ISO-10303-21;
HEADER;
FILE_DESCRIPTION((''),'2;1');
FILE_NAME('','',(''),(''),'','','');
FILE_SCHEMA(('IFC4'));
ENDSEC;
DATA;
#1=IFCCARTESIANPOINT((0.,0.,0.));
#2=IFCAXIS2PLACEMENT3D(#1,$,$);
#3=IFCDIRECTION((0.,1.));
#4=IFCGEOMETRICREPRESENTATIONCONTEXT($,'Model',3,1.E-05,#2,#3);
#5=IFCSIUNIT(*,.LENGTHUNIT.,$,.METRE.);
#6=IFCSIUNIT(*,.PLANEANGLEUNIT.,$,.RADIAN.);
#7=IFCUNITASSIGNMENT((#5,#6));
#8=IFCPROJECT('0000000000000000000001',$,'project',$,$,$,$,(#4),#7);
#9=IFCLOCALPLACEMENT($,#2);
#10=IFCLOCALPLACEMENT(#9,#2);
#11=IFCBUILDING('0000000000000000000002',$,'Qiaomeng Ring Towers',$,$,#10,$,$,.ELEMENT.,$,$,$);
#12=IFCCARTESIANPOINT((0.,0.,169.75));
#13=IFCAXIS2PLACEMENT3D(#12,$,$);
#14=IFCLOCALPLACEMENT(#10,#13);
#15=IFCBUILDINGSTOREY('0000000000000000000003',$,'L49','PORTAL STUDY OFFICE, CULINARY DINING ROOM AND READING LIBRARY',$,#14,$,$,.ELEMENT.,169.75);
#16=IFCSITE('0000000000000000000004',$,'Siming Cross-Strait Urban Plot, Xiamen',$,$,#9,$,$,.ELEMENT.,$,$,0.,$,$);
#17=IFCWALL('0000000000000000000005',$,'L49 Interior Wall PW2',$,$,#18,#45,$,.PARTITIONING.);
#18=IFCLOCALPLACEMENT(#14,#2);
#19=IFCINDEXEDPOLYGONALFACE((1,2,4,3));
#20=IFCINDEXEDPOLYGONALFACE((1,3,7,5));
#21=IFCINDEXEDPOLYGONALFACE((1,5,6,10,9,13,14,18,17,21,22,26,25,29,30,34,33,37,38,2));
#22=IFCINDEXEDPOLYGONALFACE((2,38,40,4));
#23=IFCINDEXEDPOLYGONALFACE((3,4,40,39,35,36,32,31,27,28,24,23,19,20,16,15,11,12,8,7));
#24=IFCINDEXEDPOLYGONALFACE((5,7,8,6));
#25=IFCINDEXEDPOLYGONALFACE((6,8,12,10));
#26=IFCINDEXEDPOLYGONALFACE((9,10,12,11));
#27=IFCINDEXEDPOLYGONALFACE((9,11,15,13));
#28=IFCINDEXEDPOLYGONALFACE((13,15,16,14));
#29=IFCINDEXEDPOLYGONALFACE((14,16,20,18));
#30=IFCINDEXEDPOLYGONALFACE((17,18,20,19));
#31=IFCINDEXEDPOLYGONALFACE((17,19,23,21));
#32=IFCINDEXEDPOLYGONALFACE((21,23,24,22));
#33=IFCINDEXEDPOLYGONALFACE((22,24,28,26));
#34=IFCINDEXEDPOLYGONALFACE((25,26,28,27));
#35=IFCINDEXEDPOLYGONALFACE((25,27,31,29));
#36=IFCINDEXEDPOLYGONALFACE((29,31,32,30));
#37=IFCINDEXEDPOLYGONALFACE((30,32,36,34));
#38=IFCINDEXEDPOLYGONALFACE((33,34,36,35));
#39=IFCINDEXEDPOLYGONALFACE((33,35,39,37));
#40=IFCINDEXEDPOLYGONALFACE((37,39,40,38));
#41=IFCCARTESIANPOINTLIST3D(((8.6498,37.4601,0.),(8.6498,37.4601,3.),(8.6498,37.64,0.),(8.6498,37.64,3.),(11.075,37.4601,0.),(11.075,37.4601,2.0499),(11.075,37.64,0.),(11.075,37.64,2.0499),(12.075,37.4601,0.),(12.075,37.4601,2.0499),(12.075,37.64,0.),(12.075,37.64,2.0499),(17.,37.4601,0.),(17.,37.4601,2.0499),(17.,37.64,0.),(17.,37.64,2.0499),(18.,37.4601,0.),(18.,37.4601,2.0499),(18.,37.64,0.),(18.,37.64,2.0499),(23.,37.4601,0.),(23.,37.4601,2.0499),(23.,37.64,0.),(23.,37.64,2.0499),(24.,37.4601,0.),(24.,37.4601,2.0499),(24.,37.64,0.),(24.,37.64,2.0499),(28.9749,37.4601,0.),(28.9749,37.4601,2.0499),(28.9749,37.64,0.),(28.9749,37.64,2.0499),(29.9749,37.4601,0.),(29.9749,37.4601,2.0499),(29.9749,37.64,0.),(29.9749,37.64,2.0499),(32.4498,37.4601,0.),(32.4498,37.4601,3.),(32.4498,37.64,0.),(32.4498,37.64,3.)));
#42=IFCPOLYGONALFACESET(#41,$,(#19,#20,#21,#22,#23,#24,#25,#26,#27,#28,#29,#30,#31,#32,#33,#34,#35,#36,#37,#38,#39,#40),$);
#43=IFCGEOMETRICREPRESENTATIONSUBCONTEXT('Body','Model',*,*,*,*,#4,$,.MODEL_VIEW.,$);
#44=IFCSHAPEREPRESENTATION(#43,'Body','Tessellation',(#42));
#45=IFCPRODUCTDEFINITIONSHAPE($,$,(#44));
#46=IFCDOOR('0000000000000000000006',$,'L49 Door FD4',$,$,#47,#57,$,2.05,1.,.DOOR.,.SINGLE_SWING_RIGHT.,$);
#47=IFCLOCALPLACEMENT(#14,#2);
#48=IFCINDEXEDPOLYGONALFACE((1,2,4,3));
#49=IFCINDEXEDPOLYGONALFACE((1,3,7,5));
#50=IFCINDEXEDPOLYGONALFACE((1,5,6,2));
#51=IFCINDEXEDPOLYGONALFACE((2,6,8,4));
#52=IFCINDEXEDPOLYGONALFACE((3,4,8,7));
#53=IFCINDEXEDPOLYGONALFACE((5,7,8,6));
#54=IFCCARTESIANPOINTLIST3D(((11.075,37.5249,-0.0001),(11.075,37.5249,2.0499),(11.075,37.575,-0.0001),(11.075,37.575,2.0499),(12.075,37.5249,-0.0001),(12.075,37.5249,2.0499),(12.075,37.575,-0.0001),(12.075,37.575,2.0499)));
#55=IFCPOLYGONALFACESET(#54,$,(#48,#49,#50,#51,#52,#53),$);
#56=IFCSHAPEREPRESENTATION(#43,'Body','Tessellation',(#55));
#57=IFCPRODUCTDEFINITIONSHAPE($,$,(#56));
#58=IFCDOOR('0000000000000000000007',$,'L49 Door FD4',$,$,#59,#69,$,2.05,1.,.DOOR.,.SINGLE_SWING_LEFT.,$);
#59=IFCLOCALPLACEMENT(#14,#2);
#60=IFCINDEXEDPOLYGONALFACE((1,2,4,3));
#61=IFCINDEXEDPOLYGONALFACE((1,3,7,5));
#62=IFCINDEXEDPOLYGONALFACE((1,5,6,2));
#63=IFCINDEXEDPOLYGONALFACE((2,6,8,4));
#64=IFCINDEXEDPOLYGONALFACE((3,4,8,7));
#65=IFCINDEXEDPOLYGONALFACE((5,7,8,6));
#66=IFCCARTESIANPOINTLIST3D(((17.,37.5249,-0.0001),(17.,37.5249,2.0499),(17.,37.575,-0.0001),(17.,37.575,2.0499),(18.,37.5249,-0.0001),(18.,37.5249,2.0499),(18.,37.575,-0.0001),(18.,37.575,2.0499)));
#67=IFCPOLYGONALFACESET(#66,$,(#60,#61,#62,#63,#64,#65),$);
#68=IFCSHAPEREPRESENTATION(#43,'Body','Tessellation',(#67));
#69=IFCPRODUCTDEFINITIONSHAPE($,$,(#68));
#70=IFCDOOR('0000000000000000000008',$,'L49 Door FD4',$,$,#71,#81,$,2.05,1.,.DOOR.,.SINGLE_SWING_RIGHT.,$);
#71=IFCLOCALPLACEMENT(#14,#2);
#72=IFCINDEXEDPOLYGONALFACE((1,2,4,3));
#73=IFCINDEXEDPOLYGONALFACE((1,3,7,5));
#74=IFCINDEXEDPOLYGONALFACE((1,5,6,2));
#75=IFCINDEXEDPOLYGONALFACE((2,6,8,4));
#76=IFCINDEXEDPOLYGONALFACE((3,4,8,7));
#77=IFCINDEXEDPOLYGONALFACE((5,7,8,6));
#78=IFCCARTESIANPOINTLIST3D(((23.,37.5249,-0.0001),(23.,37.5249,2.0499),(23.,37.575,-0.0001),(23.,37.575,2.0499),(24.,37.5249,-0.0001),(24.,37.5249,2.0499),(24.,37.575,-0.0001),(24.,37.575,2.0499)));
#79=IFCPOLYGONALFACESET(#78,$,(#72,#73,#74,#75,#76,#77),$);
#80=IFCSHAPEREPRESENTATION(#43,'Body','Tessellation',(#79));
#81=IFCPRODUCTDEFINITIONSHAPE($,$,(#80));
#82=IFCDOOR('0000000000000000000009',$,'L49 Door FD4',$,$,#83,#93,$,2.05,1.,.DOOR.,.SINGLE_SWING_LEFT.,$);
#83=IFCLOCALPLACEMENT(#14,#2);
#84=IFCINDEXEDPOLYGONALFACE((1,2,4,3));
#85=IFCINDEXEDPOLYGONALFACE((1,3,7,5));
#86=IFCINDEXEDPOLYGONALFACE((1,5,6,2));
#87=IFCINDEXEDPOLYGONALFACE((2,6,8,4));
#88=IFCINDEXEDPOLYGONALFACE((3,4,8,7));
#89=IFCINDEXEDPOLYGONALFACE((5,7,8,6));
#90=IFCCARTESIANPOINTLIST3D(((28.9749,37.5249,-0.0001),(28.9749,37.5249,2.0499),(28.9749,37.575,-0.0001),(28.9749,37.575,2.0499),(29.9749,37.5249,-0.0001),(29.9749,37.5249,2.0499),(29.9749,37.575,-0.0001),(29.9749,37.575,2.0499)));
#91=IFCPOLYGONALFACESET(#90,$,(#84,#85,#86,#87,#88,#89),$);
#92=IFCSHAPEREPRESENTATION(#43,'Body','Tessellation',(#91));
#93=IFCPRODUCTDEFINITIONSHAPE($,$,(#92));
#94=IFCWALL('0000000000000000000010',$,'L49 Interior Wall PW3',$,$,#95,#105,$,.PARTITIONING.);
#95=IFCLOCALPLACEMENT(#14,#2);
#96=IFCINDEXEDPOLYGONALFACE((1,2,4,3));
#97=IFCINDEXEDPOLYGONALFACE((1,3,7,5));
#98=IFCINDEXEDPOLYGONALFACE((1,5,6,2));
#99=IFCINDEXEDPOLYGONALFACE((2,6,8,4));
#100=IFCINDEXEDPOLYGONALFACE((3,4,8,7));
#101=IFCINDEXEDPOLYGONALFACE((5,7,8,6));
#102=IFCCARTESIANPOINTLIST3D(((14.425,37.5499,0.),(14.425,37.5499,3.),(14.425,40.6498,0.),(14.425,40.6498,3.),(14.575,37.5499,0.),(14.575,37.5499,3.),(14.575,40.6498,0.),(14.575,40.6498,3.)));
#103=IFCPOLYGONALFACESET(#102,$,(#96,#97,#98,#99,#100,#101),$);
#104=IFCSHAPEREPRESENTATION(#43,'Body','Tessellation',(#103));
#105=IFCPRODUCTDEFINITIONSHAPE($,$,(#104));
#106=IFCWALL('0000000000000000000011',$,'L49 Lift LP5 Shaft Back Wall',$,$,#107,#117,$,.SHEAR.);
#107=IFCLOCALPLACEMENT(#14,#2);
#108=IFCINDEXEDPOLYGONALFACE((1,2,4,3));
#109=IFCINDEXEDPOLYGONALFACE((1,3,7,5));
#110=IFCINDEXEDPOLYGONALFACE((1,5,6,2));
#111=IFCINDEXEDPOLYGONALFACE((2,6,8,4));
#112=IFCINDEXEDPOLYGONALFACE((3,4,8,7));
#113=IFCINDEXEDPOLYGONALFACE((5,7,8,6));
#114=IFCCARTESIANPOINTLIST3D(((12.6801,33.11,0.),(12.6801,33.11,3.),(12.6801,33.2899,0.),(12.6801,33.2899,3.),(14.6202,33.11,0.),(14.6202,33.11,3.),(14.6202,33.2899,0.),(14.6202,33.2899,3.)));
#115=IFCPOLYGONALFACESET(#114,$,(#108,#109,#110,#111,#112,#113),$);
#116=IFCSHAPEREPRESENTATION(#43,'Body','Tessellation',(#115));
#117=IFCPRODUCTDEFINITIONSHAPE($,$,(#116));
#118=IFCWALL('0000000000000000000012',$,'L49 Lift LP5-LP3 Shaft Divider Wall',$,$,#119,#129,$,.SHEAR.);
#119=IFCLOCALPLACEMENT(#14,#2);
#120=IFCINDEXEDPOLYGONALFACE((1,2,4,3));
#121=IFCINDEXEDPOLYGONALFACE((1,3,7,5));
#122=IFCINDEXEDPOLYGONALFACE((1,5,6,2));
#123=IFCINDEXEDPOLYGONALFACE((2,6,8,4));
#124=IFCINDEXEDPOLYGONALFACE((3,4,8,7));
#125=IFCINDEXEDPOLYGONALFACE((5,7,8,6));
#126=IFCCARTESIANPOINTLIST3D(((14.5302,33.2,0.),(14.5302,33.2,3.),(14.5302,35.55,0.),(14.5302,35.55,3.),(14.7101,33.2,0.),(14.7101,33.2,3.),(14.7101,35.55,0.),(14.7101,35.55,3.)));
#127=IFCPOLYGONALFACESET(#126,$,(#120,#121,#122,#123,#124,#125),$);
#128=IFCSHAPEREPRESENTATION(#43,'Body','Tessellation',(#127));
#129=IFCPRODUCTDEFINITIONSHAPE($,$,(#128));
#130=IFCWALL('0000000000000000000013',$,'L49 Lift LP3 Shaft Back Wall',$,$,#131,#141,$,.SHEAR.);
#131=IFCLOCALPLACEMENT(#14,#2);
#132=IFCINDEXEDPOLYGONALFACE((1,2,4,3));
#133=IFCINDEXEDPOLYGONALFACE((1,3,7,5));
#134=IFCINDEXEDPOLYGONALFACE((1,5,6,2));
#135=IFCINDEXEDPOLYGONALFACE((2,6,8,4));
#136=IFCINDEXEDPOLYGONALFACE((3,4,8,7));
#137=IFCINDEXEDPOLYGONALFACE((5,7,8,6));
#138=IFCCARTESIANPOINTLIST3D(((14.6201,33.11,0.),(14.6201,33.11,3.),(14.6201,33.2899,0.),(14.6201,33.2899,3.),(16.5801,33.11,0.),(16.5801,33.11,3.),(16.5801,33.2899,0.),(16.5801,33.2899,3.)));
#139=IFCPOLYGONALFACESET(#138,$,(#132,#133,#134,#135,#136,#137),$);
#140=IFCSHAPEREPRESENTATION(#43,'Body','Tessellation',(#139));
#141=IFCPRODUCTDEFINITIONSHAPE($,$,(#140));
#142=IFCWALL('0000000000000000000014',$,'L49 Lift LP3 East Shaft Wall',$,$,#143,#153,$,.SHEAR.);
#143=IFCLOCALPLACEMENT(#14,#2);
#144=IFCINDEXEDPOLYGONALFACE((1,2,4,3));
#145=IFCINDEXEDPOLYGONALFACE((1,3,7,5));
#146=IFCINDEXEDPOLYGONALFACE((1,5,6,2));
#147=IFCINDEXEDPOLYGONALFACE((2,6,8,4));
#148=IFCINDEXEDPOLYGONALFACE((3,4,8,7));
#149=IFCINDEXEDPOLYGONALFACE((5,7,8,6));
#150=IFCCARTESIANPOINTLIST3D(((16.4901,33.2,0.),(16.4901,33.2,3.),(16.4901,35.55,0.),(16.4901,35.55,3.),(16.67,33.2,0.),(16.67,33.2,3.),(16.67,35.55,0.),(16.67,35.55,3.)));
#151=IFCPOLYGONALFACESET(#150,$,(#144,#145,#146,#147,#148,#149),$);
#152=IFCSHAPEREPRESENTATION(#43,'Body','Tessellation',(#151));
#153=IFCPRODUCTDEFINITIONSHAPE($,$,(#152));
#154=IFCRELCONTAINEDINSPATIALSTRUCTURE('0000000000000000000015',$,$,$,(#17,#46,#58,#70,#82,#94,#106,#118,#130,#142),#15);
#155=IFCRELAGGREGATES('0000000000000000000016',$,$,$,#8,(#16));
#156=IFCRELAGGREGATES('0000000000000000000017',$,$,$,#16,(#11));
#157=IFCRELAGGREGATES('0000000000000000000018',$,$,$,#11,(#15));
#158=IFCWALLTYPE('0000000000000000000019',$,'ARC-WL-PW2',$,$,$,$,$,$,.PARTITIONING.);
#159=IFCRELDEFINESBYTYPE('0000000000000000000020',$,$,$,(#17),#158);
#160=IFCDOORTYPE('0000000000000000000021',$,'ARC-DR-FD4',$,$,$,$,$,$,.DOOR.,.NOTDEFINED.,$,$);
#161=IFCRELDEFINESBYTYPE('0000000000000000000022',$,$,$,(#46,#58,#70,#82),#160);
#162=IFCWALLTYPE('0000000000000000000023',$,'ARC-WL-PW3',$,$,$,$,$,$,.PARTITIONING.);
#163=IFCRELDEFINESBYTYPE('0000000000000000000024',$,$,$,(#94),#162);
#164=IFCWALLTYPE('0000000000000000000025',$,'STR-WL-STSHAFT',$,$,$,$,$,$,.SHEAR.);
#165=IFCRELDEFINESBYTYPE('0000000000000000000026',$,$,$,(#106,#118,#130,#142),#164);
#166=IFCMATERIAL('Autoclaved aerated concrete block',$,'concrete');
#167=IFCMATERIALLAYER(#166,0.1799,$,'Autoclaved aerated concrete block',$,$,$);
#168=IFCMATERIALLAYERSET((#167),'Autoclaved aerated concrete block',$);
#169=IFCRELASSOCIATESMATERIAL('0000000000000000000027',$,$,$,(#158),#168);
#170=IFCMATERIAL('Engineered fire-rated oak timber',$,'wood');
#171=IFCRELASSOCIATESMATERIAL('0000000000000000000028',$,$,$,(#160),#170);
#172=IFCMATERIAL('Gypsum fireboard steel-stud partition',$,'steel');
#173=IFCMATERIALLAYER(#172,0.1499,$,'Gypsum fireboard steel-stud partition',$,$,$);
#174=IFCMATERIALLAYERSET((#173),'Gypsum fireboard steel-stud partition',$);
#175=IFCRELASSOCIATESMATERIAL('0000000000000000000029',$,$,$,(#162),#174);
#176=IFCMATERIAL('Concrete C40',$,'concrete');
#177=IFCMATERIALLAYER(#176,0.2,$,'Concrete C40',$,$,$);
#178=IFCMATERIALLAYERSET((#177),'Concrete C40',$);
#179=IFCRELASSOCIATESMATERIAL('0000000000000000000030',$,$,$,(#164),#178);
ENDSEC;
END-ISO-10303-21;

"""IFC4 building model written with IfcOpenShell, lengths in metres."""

from ifc_helpers import new_model, si_unit, direction, frame, frame_2d, origin, place, context, subcontext, project, spatial, rectangle, extrude, source, transform, mapped, material, layer, layer_set, type_object, element, fill, save


model = new_model("IFC4")

# Units and contexts
model_context = context("Model", 3, precision=1e-05, world=origin(), true_north=direction((0.0, 1.0)))
body_context = subcontext(model_context, "Body", "Model", "MODEL_VIEW")
ifc_project = project(units=[si_unit("LENGTHUNIT", "METRE"), si_unit("PLANEANGLEUNIT", "RADIAN")], contexts=[model_context])

# Site, building, storey
site_placement = place(None, origin())
site = spatial("IfcSite", under=ifc_project, at=site_placement, Name="Siming Cross-Strait Urban Plot, Xiamen", CompositionType="ELEMENT", RefElevation=0.0)
building_placement = place(site_placement, origin())
building = spatial("IfcBuilding", under=site, at=building_placement, Name="Qiaomeng Ring Towers", CompositionType="ELEMENT")
storey_placement = place(building_placement, frame((0.0, 0.0, 169.75)))
storey = spatial("IfcBuildingStorey", under=building, at=storey_placement, Name="L49", Description="PORTAL STUDY OFFICE, CULINARY DINING ROOM AND READING LIBRARY", CompositionType="ELEMENT", Elevation=169.75)

# Shared definitions
ifc_material_1 = material(Name="Autoclaved aerated concrete block", Category="concrete")

# Wall, openings, doors
ifc_layer_1 = layer(ifc_material_1, 0.1799, Name="Autoclaved aerated concrete block")
ifc_layer_set_1 = layer_set([ifc_layer_1], Name="Autoclaved aerated concrete block")
wall_type_1 = type_object("IfcWallType", Name="ARC-WL-PW2", PredefinedType="PARTITIONING", material=ifc_layer_set_1)
wall_1_placement = place(storey_placement, frame((8.6499, 37.55, 0.0), z_axis=(0.0, 0.0, 1.0), x_axis=(1.0, 0.0, 0.0)))
wall_1 = element("IfcWall", 1, at=wall_1_placement, inside=storey, type_object=wall_type_1, Name="L49 Interior Wall PW2", PredefinedType="PARTITIONING", context=body_context, shape_type="SweptSolid", body=[
    extrude(rectangle(XDim=23.8, YDim=0.1799, at=frame_2d((11.8999, 0.0))), origin(), (0.0, 0.0, 1.0), 3.0),
])
opening_1_placement = place(wall_1_placement, frame((2.425, 0.0, 0.0)))
opening_1 = element("IfcOpeningElement", 2, at=opening_1_placement, cuts=wall_1, PredefinedType="OPENING", context=body_context, shape_type="SweptSolid", body=[
    extrude(rectangle(XDim=1.0, YDim=2.05, at=frame_2d((0.5, 1.0249))), frame((0.0, 0.0999, 0.0), z_axis=(0.0, -1.0, 0.0), x_axis=(1.0, 0.0, 0.0)), (0.0, 0.0, 1.0), 0.2),
])
opening_2_placement = place(wall_1_placement, frame((8.3501, 0.0, 0.0)))
opening_2 = element("IfcOpeningElement", 3, at=opening_2_placement, cuts=wall_1, PredefinedType="OPENING", context=body_context, shape_type="SweptSolid", body=[
    extrude(rectangle(XDim=1.0, YDim=2.05, at=frame_2d((0.5, 1.0249))), frame((0.0, 0.0999, 0.0), z_axis=(0.0, -1.0, 0.0), x_axis=(1.0, 0.0, 0.0)), (0.0, 0.0, 1.0), 0.2),
])
opening_3_placement = place(wall_1_placement, frame((14.3501, 0.0, 0.0)))
opening_3 = element("IfcOpeningElement", 4, at=opening_3_placement, cuts=wall_1, PredefinedType="OPENING", context=body_context, shape_type="SweptSolid", body=[
    extrude(rectangle(XDim=1.0, YDim=2.05, at=frame_2d((0.5, 1.0249))), frame((0.0, 0.0999, 0.0), z_axis=(0.0, -1.0, 0.0), x_axis=(1.0, 0.0, 0.0)), (0.0, 0.0, 1.0), 0.2),
])
opening_4_placement = place(wall_1_placement, frame((20.325, 0.0, 0.0)))
opening_4 = element("IfcOpeningElement", 5, at=opening_4_placement, cuts=wall_1, PredefinedType="OPENING", context=body_context, shape_type="SweptSolid", body=[
    extrude(rectangle(XDim=1.0, YDim=2.05, at=frame_2d((0.5, 1.0249))), frame((0.0, 0.0999, 0.0), z_axis=(0.0, -1.0, 0.0), x_axis=(1.0, 0.0, 0.0)), (0.0, 0.0, 1.0), 0.2),
])
ifc_material_2 = material(Name="Engineered fire-rated oak timber", Category="wood")
door_type_1 = type_object("IfcDoorType", Name="ARC-DR-FD4", OperationType="NOTDEFINED", PredefinedType="DOOR", material=ifc_material_2)
shared_shape_1 = source(origin(), body_context, "Body", "SweptSolid", [
    extrude(rectangle(XDim=1.0, YDim=2.05, at=frame_2d((0.5, 1.0249))), frame((0.0, 0.0249, 0.0), z_axis=(0.0, -1.0, 0.0), x_axis=(1.0, 0.0, 0.0)), (0.0, 0.0, 1.0), 0.05),
])
door_1_placement = place(opening_1_placement, origin())
door_1 = element("IfcDoor", 6, at=door_1_placement, inside=storey, type_object=door_type_1, Name="L49 Door FD4", OperationType="SINGLE_SWING_RIGHT", OverallHeight=2.05, OverallWidth=1.0, PredefinedType="DOOR", context=body_context, shape_type="MappedRepresentation", body=[
    mapped(shared_shape_1, transform((0.0, 0.0, 0.0), x_axis=(1.0, 0.0, 0.0), y_axis=(0.0, 1.0, 0.0), z_axis=(0.0, 0.0, 1.0), scale=1.0)),
])
fill(opening_1, door_1)
door_2_placement = place(opening_2_placement, origin())
door_2 = element("IfcDoor", 7, at=door_2_placement, inside=storey, type_object=door_type_1, Name="L49 Door FD4", OperationType="SINGLE_SWING_LEFT", OverallHeight=2.05, OverallWidth=1.0, PredefinedType="DOOR", context=body_context, shape_type="MappedRepresentation", body=[
    mapped(shared_shape_1, transform((0.0, 0.0, 0.0), x_axis=(1.0, 0.0, 0.0), y_axis=(0.0, 1.0, 0.0), z_axis=(0.0, 0.0, 1.0), scale=1.0)),
])
fill(opening_2, door_2)
door_3_placement = place(opening_3_placement, origin())
door_3 = element("IfcDoor", 8, at=door_3_placement, inside=storey, type_object=door_type_1, Name="L49 Door FD4", OperationType="SINGLE_SWING_RIGHT", OverallHeight=2.05, OverallWidth=1.0, PredefinedType="DOOR", context=body_context, shape_type="MappedRepresentation", body=[
    mapped(shared_shape_1, transform((0.0, 0.0, 0.0), x_axis=(1.0, 0.0, 0.0), y_axis=(0.0, 1.0, 0.0), z_axis=(0.0, 0.0, 1.0), scale=1.0)),
])
fill(opening_3, door_3)
door_4_placement = place(opening_4_placement, origin())
door_4 = element("IfcDoor", 9, at=door_4_placement, inside=storey, type_object=door_type_1, Name="L49 Door FD4", OperationType="SINGLE_SWING_LEFT", OverallHeight=2.05, OverallWidth=1.0, PredefinedType="DOOR", context=body_context, shape_type="MappedRepresentation", body=[
    mapped(shared_shape_1, transform((0.0, 0.0, 0.0), x_axis=(1.0, 0.0, 0.0), y_axis=(0.0, 1.0, 0.0), z_axis=(0.0, 0.0, 1.0), scale=1.0)),
])
fill(opening_4, door_4)

# Walls
ifc_material_3 = material(Name="Gypsum fireboard steel-stud partition", Category="steel")
ifc_layer_2 = layer(ifc_material_3, 0.1499, Name="Gypsum fireboard steel-stud partition")
ifc_layer_set_2 = layer_set([ifc_layer_2], Name="Gypsum fireboard steel-stud partition")
wall_type_2 = type_object("IfcWallType", Name="ARC-WL-PW3", PredefinedType="PARTITIONING", material=ifc_layer_set_2)
wall_2_placement = place(storey_placement, frame((14.5, 37.55, 0.0), z_axis=(0.0, 0.0, 1.0), x_axis=(0.0, 1.0, 0.0)))
element("IfcWall", 10, at=wall_2_placement, inside=storey, type_object=wall_type_2, Name="L49 Interior Wall PW3", PredefinedType="PARTITIONING", context=body_context, shape_type="SweptSolid", body=[
    extrude(rectangle(XDim=3.0999, YDim=0.1499, at=frame_2d((1.5498, 0.0))), origin(), (0.0, 0.0, 1.0), 3.0),
])
ifc_material_4 = material(Name="Concrete C40", Category="concrete")
ifc_layer_3 = layer(ifc_material_4, 0.2, Name="Concrete C40")
ifc_layer_set_3 = layer_set([ifc_layer_3], Name="Concrete C40")
wall_type_3 = type_object("IfcWallType", Name="STR-WL-STSHAFT", PredefinedType="SHEAR", material=ifc_layer_set_3)
wall_3_placement = place(storey_placement, frame((12.6799, 33.2, 0.0), z_axis=(0.0, 0.0, 1.0), x_axis=(1.0, 0.0, 0.0)))
element("IfcWall", 11, at=wall_3_placement, inside=storey, type_object=wall_type_3, Name="L49 Lift LP5 Shaft Back Wall", PredefinedType="SHEAR", context=body_context, shape_type="SweptSolid", body=[
    extrude(rectangle(XDim=1.9402, YDim=0.1799, at=frame_2d((0.9702, 0.0))), origin(), (0.0, 0.0, 1.0), 3.0),
])
wall_4_placement = place(storey_placement, frame((14.6201, 33.2, 0.0), z_axis=(0.0, 0.0, 1.0), x_axis=(0.0, 1.0, 0.0)))
element("IfcWall", 12, at=wall_4_placement, inside=storey, type_object=wall_type_3, Name="L49 Lift LP5-LP3 Shaft Divider Wall", PredefinedType="SHEAR", context=body_context, shape_type="SweptSolid", body=[
    extrude(rectangle(XDim=2.3501, YDim=0.1799, at=frame_2d((1.175, 0.0))), origin(), (0.0, 0.0, 1.0), 3.0),
])
wall_5_placement = place(storey_placement, frame((14.6201, 33.2, 0.0), z_axis=(0.0, 0.0, 1.0), x_axis=(1.0, 0.0, 0.0)))
element("IfcWall", 13, at=wall_5_placement, inside=storey, type_object=wall_type_3, Name="L49 Lift LP3 Shaft Back Wall", PredefinedType="SHEAR", context=body_context, shape_type="SweptSolid", body=[
    extrude(rectangle(XDim=1.96, YDim=0.1799, at=frame_2d((0.98, 0.0))), origin(), (0.0, 0.0, 1.0), 3.0),
])
wall_6_placement = place(storey_placement, frame((16.5801, 33.2, 0.0), z_axis=(0.0, 0.0, 1.0), x_axis=(0.0, 1.0, 0.0)))
element("IfcWall", 14, at=wall_6_placement, inside=storey, type_object=wall_type_3, Name="L49 Lift LP3 East Shaft Wall", PredefinedType="SHEAR", context=body_context, shape_type="SweptSolid", body=[
    extrude(rectangle(XDim=2.3501, YDim=0.1799, at=frame_2d((1.175, 0.0))), origin(), (0.0, 0.0, 1.0), 3.0),
])

save(model, "model.ifc")
